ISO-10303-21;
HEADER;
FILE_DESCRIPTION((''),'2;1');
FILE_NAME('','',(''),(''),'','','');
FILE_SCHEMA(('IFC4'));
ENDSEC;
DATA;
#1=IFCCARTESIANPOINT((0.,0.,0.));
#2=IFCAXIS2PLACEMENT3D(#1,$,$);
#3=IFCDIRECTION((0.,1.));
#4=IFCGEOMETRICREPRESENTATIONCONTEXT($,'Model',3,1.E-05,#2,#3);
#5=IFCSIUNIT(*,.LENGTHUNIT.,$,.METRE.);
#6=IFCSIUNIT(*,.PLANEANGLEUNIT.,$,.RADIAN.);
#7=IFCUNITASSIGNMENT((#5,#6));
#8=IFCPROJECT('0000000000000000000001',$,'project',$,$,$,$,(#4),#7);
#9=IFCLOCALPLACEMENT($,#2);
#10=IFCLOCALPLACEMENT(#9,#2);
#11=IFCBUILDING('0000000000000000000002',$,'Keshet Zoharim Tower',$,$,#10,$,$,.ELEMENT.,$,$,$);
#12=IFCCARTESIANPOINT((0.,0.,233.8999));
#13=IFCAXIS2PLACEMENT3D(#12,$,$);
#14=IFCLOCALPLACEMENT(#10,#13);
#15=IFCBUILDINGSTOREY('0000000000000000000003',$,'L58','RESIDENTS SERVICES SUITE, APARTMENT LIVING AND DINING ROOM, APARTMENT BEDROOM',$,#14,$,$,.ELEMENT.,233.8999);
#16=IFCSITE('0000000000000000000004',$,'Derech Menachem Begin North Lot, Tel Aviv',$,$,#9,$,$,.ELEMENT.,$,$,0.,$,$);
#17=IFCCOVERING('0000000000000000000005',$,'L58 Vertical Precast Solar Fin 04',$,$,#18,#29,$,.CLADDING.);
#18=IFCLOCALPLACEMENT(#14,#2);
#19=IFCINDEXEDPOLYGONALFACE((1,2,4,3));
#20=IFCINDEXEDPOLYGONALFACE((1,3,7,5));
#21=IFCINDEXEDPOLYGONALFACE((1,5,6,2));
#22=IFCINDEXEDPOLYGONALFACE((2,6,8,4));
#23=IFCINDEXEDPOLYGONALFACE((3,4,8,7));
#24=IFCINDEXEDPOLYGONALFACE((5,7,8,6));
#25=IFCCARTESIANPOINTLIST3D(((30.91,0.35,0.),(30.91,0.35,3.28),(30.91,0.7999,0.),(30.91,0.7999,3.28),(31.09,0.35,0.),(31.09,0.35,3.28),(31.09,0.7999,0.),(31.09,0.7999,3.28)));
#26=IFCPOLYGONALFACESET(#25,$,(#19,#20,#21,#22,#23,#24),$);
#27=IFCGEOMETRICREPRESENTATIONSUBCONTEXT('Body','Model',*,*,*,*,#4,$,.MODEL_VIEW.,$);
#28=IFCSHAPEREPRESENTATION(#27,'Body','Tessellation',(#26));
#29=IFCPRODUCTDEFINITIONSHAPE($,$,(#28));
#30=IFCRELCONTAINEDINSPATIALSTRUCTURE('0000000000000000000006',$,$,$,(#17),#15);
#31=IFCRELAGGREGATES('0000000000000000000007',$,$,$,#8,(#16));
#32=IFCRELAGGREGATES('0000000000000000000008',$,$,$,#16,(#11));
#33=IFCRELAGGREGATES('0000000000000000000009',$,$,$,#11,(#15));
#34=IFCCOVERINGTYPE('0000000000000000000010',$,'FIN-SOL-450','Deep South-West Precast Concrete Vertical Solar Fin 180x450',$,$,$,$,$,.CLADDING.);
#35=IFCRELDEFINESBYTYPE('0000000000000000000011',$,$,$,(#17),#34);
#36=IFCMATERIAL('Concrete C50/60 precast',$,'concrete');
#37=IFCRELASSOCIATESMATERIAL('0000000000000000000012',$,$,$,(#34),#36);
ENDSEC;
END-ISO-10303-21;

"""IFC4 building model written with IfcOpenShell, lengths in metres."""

from ifc_helpers import new_model, si_unit, direction, frame, origin, origin_2d, place, context, subcontext, project, spatial, rectangle, extrude, material, type_object, element, save


model = new_model("IFC4")

# Units and contexts
model_context = context("Model", 3, precision=1e-05, world=origin(), true_north=direction((0.0, 1.0)))
body_context = subcontext(model_context, "Body", "Model", "MODEL_VIEW")
ifc_project = project(units=[si_unit("LENGTHUNIT", "METRE"), si_unit("PLANEANGLEUNIT", "RADIAN")], contexts=[model_context])

# Site, building, storey
site_placement = place(None, origin())
site = spatial("IfcSite", under=ifc_project, at=site_placement, Name="Derech Menachem Begin North Lot, Tel Aviv", CompositionType="ELEMENT", RefElevation=0.0)
building_placement = place(site_placement, origin())
building = spatial("IfcBuilding", under=site, at=building_placement, Name="Keshet Zoharim Tower", CompositionType="ELEMENT")
storey_placement = place(building_placement, frame((0.0, 0.0, 233.8999)))
storey = spatial("IfcBuildingStorey", under=building, at=storey_placement, Name="L58", Description="RESIDENTS SERVICES SUITE, APARTMENT LIVING AND DINING ROOM, APARTMENT BEDROOM", CompositionType="ELEMENT", Elevation=233.8999)

# Covering
ifc_material_1 = material(Name="Concrete C50/60 precast", Category="concrete")
covering_type = type_object("IfcCoveringType", Name="FIN-SOL-450", Description="Deep South-West Precast Concrete Vertical Solar Fin 180x450", PredefinedType="CLADDING", material=ifc_material_1)
covering_placement = place(storey_placement, frame((31.0, 0.575, 0.0), z_axis=(0.0, 0.0, 1.0), x_axis=(-1.0, 0.0, 0.0)))
element("IfcCovering", 1, at=covering_placement, inside=storey, type_object=covering_type, Name="L58 Vertical Precast Solar Fin 04", PredefinedType="CLADDING", context=body_context, shape_type="SweptSolid", body=[
    extrude(rectangle(XDim=0.1799, YDim=0.45, at=origin_2d()), origin(), (0.0, 0.0, 1.0), 3.28),
])

save(model, "model.ifc")
